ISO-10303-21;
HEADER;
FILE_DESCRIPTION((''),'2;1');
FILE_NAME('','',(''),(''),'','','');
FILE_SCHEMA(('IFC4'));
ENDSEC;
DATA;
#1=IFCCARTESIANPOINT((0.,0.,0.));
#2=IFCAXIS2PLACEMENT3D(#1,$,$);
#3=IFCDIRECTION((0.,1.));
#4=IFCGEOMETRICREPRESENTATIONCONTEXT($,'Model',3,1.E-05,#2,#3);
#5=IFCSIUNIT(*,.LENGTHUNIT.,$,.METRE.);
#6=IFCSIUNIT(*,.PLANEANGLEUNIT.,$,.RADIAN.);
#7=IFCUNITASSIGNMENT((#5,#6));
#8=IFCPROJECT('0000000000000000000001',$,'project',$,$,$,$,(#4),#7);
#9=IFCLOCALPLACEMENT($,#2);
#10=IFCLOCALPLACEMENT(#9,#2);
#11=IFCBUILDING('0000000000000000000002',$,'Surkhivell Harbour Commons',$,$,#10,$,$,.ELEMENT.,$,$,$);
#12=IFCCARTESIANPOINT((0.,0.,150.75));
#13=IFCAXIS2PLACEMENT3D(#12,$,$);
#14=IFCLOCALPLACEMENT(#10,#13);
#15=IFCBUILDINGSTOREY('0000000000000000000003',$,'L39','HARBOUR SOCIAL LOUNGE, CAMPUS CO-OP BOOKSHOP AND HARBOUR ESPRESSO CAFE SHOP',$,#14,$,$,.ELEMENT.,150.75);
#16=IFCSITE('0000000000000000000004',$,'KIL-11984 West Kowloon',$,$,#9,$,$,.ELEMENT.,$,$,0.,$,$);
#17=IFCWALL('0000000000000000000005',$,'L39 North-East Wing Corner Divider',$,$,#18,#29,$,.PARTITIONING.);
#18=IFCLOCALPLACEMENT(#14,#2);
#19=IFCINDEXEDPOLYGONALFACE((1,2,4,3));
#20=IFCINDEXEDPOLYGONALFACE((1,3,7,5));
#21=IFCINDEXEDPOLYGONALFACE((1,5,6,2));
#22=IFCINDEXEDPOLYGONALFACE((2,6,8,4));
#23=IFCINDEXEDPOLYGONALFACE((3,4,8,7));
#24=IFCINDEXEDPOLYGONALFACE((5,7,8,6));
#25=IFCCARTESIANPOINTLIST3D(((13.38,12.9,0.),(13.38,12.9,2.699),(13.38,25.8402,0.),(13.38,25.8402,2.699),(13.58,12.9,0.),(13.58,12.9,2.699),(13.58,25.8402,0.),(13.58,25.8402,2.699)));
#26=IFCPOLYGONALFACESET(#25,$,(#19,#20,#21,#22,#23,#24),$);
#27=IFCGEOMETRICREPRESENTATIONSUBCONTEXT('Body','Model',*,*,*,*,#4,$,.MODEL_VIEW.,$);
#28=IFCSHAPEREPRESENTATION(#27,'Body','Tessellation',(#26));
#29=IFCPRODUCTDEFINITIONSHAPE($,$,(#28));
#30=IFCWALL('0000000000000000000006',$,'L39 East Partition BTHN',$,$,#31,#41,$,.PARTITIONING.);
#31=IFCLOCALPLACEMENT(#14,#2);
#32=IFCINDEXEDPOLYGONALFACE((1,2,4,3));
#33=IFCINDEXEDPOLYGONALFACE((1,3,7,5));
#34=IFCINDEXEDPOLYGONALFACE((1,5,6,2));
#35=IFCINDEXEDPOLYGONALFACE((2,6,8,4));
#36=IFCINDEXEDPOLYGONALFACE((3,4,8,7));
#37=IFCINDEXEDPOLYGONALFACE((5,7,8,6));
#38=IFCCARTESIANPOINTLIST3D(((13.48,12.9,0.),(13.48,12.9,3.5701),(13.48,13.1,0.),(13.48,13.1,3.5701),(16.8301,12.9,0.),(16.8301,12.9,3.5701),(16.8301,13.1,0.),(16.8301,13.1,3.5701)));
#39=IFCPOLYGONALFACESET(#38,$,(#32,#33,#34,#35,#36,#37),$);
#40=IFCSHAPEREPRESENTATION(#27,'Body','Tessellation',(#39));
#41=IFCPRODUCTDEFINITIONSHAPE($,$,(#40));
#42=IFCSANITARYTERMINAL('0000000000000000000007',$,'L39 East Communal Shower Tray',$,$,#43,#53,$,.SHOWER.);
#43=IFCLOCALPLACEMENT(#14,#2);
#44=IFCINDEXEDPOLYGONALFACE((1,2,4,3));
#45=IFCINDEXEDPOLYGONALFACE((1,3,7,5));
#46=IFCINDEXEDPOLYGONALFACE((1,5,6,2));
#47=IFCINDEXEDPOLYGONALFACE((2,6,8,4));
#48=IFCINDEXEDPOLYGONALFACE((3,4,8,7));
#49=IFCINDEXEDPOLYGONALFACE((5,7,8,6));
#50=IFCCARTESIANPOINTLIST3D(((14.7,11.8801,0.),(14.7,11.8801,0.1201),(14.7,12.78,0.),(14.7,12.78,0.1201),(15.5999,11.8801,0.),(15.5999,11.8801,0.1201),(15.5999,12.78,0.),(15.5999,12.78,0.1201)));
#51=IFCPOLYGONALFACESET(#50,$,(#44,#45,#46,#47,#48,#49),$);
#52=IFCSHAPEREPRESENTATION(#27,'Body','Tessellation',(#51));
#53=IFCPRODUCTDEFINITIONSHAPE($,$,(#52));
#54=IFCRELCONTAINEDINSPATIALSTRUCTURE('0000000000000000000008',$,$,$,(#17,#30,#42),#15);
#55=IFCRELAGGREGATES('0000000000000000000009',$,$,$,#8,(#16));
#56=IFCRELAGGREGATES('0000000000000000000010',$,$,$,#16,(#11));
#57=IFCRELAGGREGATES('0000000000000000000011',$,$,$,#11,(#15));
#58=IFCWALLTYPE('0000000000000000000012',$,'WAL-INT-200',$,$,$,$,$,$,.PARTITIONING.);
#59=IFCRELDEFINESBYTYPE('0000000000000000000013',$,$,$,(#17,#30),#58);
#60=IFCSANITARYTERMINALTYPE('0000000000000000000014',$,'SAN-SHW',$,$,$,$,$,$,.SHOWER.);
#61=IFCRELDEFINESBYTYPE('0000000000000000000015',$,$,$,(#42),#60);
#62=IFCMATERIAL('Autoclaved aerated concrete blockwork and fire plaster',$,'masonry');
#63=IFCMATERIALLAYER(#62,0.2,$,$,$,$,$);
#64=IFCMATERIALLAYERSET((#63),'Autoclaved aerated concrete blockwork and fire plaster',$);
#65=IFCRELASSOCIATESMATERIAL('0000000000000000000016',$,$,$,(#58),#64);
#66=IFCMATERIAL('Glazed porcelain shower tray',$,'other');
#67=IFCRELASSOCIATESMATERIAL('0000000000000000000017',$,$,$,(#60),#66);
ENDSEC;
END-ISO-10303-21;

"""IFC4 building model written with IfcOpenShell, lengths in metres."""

from ifc_helpers import new_model, si_unit, direction, frame, frame_2d, origin, origin_2d, place, context, subcontext, project, spatial, rectangle, extrude, material, layer, layer_set, type_object, element, save


model = new_model("IFC4")

# Units and contexts
model_context = context("Model", 3, precision=1e-05, world=origin(), true_north=direction((0.0, 1.0)))
body_context = subcontext(model_context, "Body", "Model", "MODEL_VIEW")
ifc_project = project(units=[si_unit("LENGTHUNIT", "METRE"), si_unit("PLANEANGLEUNIT", "RADIAN")], contexts=[model_context])

# Site, building, storey
site_placement = place(None, origin())
site = spatial("IfcSite", under=ifc_project, at=site_placement, Name="KIL-11984 West Kowloon", CompositionType="ELEMENT", RefElevation=0.0)
building_placement = place(site_placement, origin())
building = spatial("IfcBuilding", under=site, at=building_placement, Name="Surkhivell Harbour Commons", CompositionType="ELEMENT")
storey_placement = place(building_placement, frame((0.0, 0.0, 150.75)))
storey = spatial("IfcBuildingStorey", under=building, at=storey_placement, Name="L39", Description="HARBOUR SOCIAL LOUNGE, CAMPUS CO-OP BOOKSHOP AND HARBOUR ESPRESSO CAFE SHOP", CompositionType="ELEMENT", Elevation=150.75)

# Walls
ifc_material_1 = material(Name="Autoclaved aerated concrete blockwork and fire plaster", Category="masonry")
ifc_layer_1 = layer(ifc_material_1, 0.2)
ifc_layer_set_1 = layer_set([ifc_layer_1], Name="Autoclaved aerated concrete blockwork and fire plaster")
wall_type_1 = type_object("IfcWallType", Name="WAL-INT-200", PredefinedType="PARTITIONING", material=ifc_layer_set_1)
wall_1_placement = place(storey_placement, frame((13.48, 12.8999, 0.0), z_axis=(0.0, 0.0, 1.0), x_axis=(0.0, 1.0, 0.0)))
element("IfcWall", 1, at=wall_1_placement, inside=storey, type_object=wall_type_1, Name="L39 North-East Wing Corner Divider", PredefinedType="PARTITIONING", context=body_context, shape_type="SweptSolid", body=[
    extrude(rectangle(XDim=12.9402, YDim=0.2, at=frame_2d((6.4702, 0.0))), origin(), (0.0, 0.0, 1.0), 2.699),
])
wall_2_placement = place(storey_placement, frame((13.48, 13.0, 0.0), z_axis=(0.0, 0.0, 1.0), x_axis=(1.0, 0.0, 0.0)))
element("IfcWall", 2, at=wall_2_placement, inside=storey, type_object=wall_type_1, Name="L39 East Partition BTHN", PredefinedType="PARTITIONING", context=body_context, shape_type="SweptSolid", body=[
    extrude(rectangle(XDim=3.3501, YDim=0.2, at=frame_2d((1.675, 0.0))), origin(), (0.0, 0.0, 1.0), 3.5701),
])

# Sanitary terminal
ifc_material_2 = material(Name="Glazed porcelain shower tray", Category="other")
sanitary_terminal_type = type_object("IfcSanitaryTerminalType", Name="SAN-SHW", PredefinedType="SHOWER", material=ifc_material_2)
sanitary_terminal_placement = place(storey_placement, frame((15.1499, 12.3301, 0.0), z_axis=(0.0, 0.0, 1.0), x_axis=(1.0, 0.0, 0.0)))
element("IfcSanitaryTerminal", 3, at=sanitary_terminal_placement, inside=storey, type_object=sanitary_terminal_type, Name="L39 East Communal Shower Tray", PredefinedType="SHOWER", context=body_context, shape_type="SweptSolid", body=[
    extrude(rectangle(XDim=0.8999, YDim=0.8999, at=origin_2d()), origin(), (0.0, 0.0, 1.0), 0.1201),
])

save(model, "model.ifc")
